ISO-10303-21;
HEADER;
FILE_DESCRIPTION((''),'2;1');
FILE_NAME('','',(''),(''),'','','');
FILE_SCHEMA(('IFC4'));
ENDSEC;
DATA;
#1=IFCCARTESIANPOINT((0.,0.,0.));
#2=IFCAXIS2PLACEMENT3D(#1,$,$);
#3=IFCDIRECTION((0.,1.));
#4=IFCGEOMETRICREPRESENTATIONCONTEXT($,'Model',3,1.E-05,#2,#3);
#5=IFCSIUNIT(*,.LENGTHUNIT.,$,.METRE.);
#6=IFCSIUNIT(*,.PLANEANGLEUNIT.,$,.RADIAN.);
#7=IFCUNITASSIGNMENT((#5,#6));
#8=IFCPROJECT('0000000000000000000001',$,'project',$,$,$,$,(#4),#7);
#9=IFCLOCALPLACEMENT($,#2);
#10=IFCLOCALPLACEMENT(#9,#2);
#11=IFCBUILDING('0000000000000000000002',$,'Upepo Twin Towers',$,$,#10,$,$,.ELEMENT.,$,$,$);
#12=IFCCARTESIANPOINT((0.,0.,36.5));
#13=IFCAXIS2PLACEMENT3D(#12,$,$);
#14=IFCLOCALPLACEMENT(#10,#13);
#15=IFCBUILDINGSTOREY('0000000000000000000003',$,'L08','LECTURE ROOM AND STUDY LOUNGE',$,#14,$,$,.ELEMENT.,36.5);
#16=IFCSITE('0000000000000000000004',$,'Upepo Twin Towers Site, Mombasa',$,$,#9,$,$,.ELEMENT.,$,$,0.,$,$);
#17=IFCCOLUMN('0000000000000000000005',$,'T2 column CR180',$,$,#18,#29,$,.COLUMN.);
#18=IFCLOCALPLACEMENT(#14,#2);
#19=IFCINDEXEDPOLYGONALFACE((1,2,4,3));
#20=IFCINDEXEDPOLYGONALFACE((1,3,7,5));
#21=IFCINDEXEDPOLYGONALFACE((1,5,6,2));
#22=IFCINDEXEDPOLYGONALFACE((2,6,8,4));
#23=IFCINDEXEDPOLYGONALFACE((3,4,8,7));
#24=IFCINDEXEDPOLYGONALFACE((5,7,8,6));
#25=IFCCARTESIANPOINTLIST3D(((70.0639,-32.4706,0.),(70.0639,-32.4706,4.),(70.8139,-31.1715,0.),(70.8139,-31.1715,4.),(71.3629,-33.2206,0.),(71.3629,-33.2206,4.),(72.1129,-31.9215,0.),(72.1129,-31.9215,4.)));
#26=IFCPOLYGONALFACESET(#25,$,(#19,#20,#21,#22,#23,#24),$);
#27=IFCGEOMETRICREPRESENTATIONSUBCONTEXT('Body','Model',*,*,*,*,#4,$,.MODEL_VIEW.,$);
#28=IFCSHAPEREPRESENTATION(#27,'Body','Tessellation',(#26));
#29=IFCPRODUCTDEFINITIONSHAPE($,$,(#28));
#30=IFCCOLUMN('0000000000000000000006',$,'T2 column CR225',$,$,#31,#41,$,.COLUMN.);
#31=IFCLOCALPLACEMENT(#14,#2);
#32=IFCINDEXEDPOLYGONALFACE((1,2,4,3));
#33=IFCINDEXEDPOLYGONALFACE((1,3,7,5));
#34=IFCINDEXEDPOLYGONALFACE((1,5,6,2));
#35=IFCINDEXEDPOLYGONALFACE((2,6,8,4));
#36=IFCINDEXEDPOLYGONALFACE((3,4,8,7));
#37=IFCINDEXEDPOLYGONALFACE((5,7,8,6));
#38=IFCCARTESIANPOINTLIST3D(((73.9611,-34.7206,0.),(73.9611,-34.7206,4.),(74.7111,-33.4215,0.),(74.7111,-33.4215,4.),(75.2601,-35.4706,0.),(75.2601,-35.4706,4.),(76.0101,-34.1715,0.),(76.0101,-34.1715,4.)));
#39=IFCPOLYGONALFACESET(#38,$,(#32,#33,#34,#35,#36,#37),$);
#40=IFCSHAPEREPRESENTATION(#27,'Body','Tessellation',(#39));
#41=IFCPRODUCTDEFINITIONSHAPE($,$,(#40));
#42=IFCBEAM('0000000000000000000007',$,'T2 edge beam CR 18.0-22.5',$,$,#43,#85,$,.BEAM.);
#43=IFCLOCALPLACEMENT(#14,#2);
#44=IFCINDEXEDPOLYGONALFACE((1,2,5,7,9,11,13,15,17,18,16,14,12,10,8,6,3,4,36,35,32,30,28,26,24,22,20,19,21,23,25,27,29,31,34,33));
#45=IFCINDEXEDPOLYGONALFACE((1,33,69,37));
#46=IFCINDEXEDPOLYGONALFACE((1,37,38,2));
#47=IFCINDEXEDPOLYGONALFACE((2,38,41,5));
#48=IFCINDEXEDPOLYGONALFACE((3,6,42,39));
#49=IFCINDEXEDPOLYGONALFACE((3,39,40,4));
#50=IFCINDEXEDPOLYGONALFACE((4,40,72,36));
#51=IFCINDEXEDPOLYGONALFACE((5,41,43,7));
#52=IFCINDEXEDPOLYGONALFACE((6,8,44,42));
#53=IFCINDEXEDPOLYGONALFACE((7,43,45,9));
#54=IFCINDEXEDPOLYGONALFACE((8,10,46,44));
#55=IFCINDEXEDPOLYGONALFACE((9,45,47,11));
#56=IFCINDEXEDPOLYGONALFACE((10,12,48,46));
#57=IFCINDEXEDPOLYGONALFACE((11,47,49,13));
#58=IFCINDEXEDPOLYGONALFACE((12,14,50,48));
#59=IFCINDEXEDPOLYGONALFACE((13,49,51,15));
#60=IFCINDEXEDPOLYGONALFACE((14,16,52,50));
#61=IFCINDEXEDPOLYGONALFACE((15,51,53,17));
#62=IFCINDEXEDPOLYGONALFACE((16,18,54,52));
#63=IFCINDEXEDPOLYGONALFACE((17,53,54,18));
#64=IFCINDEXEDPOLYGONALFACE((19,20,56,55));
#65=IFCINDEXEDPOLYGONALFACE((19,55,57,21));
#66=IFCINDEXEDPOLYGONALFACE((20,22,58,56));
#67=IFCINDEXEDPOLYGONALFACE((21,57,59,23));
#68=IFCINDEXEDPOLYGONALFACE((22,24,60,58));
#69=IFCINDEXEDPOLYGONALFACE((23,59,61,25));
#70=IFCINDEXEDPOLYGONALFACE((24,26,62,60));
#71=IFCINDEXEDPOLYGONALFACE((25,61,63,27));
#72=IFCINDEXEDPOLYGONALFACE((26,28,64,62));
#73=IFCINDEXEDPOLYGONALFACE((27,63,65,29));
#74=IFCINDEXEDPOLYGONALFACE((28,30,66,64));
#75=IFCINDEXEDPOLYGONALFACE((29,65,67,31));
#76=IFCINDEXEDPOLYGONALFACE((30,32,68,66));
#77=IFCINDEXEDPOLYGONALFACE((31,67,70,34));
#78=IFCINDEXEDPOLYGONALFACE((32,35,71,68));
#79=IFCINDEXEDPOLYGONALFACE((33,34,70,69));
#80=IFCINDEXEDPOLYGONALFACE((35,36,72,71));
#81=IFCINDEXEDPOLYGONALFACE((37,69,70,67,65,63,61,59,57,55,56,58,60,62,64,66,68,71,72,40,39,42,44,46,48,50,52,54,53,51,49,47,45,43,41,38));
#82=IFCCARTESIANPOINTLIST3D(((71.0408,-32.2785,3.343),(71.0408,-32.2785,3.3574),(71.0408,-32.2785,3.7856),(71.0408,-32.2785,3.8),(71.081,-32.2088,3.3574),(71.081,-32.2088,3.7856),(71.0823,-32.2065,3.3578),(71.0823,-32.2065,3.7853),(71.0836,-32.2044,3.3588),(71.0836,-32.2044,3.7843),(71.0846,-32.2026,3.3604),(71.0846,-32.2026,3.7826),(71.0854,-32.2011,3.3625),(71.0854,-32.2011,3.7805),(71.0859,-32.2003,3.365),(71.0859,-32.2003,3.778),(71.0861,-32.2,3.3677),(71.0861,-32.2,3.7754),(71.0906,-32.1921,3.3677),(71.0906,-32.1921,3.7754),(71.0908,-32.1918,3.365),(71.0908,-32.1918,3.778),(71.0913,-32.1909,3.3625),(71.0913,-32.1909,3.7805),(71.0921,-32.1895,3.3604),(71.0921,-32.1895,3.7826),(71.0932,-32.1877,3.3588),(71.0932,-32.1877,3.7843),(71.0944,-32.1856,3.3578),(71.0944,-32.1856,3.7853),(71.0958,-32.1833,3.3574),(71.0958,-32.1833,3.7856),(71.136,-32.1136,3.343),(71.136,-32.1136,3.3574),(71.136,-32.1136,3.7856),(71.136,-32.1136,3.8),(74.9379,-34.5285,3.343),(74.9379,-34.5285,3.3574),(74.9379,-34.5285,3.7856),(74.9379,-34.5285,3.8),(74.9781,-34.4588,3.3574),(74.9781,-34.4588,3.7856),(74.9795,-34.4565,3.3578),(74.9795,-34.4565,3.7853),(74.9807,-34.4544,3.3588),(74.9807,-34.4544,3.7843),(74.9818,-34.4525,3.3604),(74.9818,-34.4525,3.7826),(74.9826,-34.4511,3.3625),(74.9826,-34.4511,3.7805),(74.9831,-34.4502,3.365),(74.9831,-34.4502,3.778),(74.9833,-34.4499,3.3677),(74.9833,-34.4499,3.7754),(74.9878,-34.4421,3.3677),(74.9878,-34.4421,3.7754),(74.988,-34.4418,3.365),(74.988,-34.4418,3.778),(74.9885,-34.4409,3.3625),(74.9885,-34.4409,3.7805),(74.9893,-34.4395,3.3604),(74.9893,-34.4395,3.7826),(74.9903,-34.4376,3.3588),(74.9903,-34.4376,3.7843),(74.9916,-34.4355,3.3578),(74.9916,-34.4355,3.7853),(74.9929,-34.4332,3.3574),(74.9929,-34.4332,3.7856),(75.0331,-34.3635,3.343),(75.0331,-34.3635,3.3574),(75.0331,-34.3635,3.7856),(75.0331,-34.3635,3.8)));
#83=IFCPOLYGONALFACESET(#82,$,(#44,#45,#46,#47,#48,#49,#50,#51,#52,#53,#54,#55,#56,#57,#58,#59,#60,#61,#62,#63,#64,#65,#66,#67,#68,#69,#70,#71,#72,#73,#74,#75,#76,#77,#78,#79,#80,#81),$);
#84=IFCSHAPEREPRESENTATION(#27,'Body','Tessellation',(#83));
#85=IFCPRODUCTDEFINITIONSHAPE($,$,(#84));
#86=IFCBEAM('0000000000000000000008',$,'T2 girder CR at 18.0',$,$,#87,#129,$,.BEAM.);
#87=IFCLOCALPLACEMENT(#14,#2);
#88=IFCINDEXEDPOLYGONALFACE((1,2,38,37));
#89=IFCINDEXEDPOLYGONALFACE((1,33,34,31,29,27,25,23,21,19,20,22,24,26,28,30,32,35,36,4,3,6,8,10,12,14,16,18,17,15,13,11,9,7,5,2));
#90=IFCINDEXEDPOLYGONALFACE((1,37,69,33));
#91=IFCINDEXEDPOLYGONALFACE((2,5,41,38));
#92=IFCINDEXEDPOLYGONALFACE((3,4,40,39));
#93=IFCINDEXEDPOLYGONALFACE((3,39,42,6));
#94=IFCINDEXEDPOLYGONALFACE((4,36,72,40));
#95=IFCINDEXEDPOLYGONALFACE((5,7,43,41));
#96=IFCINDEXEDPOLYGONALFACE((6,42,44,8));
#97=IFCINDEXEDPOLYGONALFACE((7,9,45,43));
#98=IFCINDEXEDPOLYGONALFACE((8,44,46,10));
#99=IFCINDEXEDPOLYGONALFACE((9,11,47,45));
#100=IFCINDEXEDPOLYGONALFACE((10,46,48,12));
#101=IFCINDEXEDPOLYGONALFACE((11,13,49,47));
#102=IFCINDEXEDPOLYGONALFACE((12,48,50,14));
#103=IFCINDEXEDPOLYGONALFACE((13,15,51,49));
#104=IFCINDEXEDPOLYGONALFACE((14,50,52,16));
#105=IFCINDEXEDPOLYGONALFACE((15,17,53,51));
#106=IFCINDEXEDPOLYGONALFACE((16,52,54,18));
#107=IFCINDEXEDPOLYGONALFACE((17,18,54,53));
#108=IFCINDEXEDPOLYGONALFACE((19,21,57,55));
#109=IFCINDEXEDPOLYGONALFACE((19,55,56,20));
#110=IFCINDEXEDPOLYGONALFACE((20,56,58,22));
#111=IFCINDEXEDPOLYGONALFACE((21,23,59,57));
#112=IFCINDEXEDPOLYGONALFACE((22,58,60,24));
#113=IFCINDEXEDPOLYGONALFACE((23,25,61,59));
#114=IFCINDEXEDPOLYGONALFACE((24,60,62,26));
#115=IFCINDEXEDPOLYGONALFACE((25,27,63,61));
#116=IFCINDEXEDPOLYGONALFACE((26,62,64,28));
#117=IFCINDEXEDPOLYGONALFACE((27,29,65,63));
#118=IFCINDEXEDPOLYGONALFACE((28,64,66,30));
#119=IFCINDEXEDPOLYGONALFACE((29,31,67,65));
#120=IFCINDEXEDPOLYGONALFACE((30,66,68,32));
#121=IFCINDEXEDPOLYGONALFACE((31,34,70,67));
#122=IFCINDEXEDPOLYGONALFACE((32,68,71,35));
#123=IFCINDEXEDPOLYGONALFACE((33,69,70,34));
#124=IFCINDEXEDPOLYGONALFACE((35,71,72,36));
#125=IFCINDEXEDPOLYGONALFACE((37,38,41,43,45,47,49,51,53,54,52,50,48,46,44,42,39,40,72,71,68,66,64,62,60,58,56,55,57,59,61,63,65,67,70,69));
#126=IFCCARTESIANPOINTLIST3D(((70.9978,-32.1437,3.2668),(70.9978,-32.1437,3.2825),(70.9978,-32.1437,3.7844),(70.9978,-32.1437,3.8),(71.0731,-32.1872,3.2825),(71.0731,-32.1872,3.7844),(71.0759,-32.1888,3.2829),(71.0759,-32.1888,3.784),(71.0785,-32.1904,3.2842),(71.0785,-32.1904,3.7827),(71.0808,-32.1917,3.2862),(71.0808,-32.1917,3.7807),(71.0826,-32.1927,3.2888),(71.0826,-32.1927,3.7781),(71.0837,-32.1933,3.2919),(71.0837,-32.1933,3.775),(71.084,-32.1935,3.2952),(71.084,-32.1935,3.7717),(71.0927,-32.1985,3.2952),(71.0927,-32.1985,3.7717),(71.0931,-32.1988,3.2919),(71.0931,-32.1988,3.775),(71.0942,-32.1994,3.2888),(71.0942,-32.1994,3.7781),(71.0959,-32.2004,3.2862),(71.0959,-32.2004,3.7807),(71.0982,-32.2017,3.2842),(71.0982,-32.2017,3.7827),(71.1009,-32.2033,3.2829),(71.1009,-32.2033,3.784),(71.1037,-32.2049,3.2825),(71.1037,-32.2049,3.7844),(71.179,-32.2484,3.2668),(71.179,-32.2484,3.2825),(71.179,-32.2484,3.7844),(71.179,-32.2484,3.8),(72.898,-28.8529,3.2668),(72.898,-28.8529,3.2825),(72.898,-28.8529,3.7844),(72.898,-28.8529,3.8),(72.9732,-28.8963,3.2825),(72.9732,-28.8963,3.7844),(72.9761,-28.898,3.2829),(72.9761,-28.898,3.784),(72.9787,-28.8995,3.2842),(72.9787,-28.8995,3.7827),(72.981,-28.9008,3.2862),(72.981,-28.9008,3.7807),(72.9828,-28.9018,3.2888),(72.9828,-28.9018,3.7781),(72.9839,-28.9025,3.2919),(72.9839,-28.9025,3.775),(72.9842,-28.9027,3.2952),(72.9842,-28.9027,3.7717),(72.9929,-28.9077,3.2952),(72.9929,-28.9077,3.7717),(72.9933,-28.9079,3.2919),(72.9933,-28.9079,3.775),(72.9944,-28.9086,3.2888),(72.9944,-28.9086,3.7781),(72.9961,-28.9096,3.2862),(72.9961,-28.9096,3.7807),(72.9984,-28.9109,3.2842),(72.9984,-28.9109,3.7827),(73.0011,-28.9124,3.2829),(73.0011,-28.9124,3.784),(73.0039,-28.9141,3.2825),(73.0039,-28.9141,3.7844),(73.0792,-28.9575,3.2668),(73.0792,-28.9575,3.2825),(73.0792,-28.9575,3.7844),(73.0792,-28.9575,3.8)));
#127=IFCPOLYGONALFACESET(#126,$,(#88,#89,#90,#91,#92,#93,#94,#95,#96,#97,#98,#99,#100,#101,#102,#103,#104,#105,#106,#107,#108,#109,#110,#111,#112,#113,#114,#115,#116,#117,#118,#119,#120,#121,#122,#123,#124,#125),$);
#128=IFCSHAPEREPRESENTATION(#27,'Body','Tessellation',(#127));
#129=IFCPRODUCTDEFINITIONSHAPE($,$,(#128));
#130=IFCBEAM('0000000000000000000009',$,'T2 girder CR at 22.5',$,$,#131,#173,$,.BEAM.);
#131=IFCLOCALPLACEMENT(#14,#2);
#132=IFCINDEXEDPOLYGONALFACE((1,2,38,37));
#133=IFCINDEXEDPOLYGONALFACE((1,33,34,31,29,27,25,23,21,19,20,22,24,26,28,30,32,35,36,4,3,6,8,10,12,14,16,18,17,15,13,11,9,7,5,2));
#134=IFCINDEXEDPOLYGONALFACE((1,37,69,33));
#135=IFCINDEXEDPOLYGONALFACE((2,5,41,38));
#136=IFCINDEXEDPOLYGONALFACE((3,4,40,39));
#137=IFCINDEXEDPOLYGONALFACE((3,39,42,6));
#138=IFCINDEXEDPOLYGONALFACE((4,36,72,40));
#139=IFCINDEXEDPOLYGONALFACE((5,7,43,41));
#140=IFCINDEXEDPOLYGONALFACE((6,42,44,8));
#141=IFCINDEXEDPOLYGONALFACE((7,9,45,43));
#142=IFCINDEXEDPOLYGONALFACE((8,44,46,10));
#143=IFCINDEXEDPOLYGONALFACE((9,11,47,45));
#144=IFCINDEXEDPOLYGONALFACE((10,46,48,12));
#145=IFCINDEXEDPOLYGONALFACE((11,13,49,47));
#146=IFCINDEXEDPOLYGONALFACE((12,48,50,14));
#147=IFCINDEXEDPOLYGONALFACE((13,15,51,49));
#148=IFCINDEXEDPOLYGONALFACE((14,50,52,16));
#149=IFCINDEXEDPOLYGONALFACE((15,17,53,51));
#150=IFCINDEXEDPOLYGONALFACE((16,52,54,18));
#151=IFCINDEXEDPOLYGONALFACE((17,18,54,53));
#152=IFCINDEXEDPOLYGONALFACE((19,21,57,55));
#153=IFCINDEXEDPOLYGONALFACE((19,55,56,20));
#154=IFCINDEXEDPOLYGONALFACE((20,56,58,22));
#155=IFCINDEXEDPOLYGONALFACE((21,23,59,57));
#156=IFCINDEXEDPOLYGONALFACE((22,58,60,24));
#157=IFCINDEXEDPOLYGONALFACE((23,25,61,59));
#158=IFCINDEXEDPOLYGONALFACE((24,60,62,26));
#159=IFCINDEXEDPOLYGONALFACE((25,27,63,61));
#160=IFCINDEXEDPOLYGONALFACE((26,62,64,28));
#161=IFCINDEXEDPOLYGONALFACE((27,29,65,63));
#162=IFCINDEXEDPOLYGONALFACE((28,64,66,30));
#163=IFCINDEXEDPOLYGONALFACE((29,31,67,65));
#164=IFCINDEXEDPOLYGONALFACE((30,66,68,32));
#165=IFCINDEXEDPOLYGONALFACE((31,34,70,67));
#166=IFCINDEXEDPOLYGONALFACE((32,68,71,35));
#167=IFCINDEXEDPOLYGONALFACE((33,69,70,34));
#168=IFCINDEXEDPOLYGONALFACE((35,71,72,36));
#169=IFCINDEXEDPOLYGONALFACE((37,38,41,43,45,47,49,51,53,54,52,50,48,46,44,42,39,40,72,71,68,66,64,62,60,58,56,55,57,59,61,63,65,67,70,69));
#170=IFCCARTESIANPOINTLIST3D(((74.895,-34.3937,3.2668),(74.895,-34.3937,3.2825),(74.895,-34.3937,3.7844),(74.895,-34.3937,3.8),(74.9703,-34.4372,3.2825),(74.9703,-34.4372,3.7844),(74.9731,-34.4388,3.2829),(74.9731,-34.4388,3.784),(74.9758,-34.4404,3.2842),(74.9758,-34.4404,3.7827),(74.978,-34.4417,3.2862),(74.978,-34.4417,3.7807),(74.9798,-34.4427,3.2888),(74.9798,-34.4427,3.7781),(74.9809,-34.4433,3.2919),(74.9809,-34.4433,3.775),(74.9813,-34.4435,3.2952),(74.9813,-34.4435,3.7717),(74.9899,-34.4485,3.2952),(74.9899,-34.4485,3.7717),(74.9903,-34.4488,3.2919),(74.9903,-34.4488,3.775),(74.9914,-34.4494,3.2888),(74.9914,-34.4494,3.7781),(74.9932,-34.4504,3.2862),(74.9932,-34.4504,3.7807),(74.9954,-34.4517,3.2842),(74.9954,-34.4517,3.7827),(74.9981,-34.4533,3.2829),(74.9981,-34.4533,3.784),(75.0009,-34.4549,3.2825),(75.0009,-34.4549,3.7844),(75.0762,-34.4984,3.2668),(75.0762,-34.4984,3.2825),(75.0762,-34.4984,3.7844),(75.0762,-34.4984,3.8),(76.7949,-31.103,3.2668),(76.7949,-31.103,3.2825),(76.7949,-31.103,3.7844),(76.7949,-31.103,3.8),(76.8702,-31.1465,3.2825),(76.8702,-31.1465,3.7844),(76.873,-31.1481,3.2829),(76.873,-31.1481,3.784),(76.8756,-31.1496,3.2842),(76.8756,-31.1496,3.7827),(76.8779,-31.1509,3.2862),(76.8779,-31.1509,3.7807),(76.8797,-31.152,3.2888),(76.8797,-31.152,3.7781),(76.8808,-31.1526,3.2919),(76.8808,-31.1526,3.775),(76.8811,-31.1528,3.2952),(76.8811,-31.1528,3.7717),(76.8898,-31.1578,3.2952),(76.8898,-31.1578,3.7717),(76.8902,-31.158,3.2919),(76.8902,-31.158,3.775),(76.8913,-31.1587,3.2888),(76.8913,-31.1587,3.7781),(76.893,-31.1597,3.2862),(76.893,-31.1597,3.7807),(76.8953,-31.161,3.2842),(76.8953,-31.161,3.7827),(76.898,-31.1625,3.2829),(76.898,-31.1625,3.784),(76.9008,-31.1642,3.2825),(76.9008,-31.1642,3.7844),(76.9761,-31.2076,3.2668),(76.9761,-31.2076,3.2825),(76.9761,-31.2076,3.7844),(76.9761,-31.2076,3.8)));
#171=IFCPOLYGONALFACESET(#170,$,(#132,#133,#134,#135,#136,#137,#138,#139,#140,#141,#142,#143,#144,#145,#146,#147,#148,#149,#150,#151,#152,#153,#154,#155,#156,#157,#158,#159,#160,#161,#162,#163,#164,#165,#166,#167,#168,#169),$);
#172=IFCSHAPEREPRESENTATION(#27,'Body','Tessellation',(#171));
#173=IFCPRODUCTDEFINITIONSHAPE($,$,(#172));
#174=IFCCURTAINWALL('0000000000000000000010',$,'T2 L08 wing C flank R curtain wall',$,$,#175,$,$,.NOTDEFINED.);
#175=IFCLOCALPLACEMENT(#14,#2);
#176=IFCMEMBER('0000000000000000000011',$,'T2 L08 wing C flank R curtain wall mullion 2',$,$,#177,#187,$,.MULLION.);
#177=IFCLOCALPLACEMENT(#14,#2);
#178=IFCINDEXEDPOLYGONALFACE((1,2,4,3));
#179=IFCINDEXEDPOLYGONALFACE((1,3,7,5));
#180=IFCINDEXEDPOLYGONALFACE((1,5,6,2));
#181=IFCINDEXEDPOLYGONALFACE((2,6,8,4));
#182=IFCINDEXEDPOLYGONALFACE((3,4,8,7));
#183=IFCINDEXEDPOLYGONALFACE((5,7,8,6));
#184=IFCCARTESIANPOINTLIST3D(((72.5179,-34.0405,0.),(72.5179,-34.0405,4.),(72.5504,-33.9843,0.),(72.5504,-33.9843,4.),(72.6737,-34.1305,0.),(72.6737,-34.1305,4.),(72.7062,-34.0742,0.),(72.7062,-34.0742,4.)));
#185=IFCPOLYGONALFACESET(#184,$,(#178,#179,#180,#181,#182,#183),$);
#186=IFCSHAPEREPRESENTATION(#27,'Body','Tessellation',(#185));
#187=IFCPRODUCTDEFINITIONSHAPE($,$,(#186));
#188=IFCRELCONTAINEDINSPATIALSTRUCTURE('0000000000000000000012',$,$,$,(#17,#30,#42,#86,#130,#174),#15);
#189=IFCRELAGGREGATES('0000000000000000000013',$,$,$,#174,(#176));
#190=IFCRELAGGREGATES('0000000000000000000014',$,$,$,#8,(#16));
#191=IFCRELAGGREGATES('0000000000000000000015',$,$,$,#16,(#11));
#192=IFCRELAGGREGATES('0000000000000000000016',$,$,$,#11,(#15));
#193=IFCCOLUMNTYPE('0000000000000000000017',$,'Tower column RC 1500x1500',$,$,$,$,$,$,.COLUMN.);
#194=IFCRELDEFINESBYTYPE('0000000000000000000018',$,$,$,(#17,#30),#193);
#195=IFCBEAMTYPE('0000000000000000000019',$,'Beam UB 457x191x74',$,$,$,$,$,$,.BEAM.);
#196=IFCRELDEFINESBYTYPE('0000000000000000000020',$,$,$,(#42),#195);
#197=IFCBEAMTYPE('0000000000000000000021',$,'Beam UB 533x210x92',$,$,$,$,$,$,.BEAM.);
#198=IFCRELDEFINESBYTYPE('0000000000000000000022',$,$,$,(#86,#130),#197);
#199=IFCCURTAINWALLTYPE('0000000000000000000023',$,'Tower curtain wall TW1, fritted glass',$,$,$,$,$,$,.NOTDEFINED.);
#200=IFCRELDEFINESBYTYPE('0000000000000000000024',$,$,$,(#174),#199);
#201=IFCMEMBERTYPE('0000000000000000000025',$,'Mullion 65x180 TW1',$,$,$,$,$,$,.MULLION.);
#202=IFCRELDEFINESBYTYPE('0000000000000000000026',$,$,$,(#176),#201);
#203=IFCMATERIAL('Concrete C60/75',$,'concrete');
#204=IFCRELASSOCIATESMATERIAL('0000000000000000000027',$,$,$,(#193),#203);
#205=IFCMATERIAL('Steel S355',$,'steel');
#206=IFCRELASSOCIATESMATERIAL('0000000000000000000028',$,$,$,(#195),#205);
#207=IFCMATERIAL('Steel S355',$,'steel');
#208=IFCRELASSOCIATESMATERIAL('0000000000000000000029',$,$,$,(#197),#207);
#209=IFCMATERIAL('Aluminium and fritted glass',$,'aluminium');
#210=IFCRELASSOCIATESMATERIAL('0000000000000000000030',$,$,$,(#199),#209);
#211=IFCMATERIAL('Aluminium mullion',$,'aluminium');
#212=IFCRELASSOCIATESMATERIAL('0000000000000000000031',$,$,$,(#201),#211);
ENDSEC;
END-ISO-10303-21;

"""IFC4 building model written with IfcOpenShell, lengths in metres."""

from ifc_helpers import new_model, si_unit, direction, frame, origin, origin_2d, place, context, subcontext, project, spatial, rectangle, i_section, extrude, material, material_profile, profile_set, type_object, element, aggregate, save


model = new_model("IFC4")

# Units and contexts
model_context = context("Model", 3, precision=1e-05, world=origin(), true_north=direction((0.0, 1.0)))
body_context = subcontext(model_context, "Body", "Model", "MODEL_VIEW")
ifc_project = project(units=[si_unit("LENGTHUNIT", "METRE"), si_unit("PLANEANGLEUNIT", "RADIAN")], contexts=[model_context])

# Site, building, storey
site_placement = place(None, origin())
site = spatial("IfcSite", under=ifc_project, at=site_placement, Name="Upepo Twin Towers Site, Mombasa", CompositionType="ELEMENT", RefElevation=0.0)
building_placement = place(site_placement, origin())
building = spatial("IfcBuilding", under=site, at=building_placement, Name="Upepo Twin Towers", CompositionType="ELEMENT")
storey_placement = place(building_placement, frame((0.0, 0.0, 36.5)))
storey = spatial("IfcBuildingStorey", under=building, at=storey_placement, Name="L08", Description="LECTURE ROOM AND STUDY LOUNGE", CompositionType="ELEMENT", Elevation=36.5)

# Columns
ifc_material_1 = material(Name="Concrete C60/75", Category="concrete")
ifc_material_profile_1 = material_profile(ifc_material_1, rectangle(XDim=1.5, YDim=1.5, at=origin_2d()), Name="RC 1500x1500")
ifc_profile_set_1 = profile_set([ifc_material_profile_1], Name="Concrete C60/75")
column_type = type_object("IfcColumnType", Name="Tower column RC 1500x1500", PredefinedType="COLUMN", material=ifc_profile_set_1)
for number, where, z_axis, x_axis, name in (
    (1, (71.0884, -32.196, 0.0), (0.0, 0.0, 1.0), (0.5, 0.866025, 0.0), "T2 column CR180"),
    (2, (74.9856, -34.446, 0.0), (0.0, 0.0, 1.0), (0.5, 0.866025, 0.0), "T2 column CR225"),
):
    element("IfcColumn", number, at=place(storey_placement, frame(where, z_axis=z_axis, x_axis=x_axis)), inside=storey, type_object=column_type, Name=name, PredefinedType="COLUMN", context=body_context, shape_type="SweptSolid", body=[
        extrude(rectangle(XDim=1.5, YDim=1.5, at=origin_2d()), origin(), (0.0, 0.0, 1.0), 4.0),
    ])

# Beams
ifc_material_2 = material(Name="Steel S355", Category="steel")
ifc_material_profile_2 = material_profile(ifc_material_2, i_section(OverallWidth=0.1904, OverallDepth=0.457, WebThickness=0.009, FlangeThickness=0.0144, FilletRadius=0.0103, at=origin_2d()), Name="UB 457x191x74")
ifc_profile_set_2 = profile_set([ifc_material_profile_2], Name="Steel S355")
beam_type_1 = type_object("IfcBeamType", Name="Beam UB 457x191x74", PredefinedType="BEAM", material=ifc_profile_set_2)
beam_1_placement = place(storey_placement, frame((71.0884, -32.196, 3.5715), z_axis=(0.866031, -0.49999, 0.0), x_axis=(0.49999, 0.866031, 0.0)))
element("IfcBeam", 3, at=beam_1_placement, inside=storey, type_object=beam_type_1, Name="T2 edge beam CR 18.0-22.5", PredefinedType="BEAM", context=body_context, shape_type="SweptSolid", body=[
    extrude(i_section(OverallWidth=0.1904, OverallDepth=0.457, WebThickness=0.009, FlangeThickness=0.0144, FilletRadius=0.0103, at=origin_2d()), origin(), (0.0, 0.0, 1.0), 4.5),
])
ifc_material_3 = material(Name="Steel S355", Category="steel")
ifc_material_profile_3 = material_profile(ifc_material_3, i_section(OverallWidth=0.2092, OverallDepth=0.5332, WebThickness=0.01, FlangeThickness=0.0156, FilletRadius=0.0127, at=origin_2d()), Name="UB 533x210x92")
ifc_profile_set_3 = profile_set([ifc_material_profile_3], Name="Steel S355")
beam_type_2 = type_object("IfcBeamType", Name="Beam UB 533x210x92", PredefinedType="BEAM", material=ifc_profile_set_3)
beam_2_placement = place(storey_placement, frame((71.0884, -32.196, 3.5334), z_axis=(0.500043, 0.866, 0.0), x_axis=(-0.866, 0.500043, 0.0)))
element("IfcBeam", 4, at=beam_2_placement, inside=storey, type_object=beam_type_2, Name="T2 girder CR at 18.0", PredefinedType="BEAM", context=body_context, shape_type="SweptSolid", body=[
    extrude(i_section(OverallWidth=0.2092, OverallDepth=0.5332, WebThickness=0.01, FlangeThickness=0.0156, FilletRadius=0.0127, at=origin_2d()), origin(), (0.0, 0.0, 1.0), 3.8),
])
beam_3_placement = place(storey_placement, frame((74.9856, -34.446, 3.5334), z_axis=(0.499995, 0.866028, 0.0), x_axis=(-0.866028, 0.499995, 0.0)))
element("IfcBeam", 5, at=beam_3_placement, inside=storey, type_object=beam_type_2, Name="T2 girder CR at 22.5", PredefinedType="BEAM", context=body_context, shape_type="SweptSolid", body=[
    extrude(i_section(OverallWidth=0.2092, OverallDepth=0.5332, WebThickness=0.01, FlangeThickness=0.0156, FilletRadius=0.0127, at=origin_2d()), origin(), (0.0, 0.0, 1.0), 3.7998),
])

# Curtain wall, member
ifc_material_4 = material(Name="Aluminium and fritted glass", Category="aluminium")
curtain_wall_type = type_object("IfcCurtainWallType", Name="Tower curtain wall TW1, fritted glass", PredefinedType="NOTDEFINED", material=ifc_material_4)
curtain_wall_placement = place(storey_placement, origin())
curtain_wall = element("IfcCurtainWall", 6, at=curtain_wall_placement, inside=storey, type_object=curtain_wall_type, Name="T2 L08 wing C flank R curtain wall", PredefinedType="NOTDEFINED")
ifc_material_5 = material(Name="Aluminium mullion", Category="aluminium")
ifc_material_profile_4 = material_profile(ifc_material_5, rectangle(XDim=0.0649, YDim=0.1799, at=origin_2d()), Name="MULLION 65x180")
ifc_profile_set_4 = profile_set([ifc_material_profile_4], Name="Aluminium mullion")
member_type_1 = type_object("IfcMemberType", Name="Mullion 65x180 TW1", PredefinedType="MULLION", material=ifc_profile_set_4)
member_1_placement = place(storey_placement, frame((72.6121, -34.0574, 0.0), z_axis=(0.0, 0.0, 1.0), x_axis=(-0.5, -0.866025, 0.0)))
member_1 = element("IfcMember", 7, at=member_1_placement, type_object=member_type_1, Name="T2 L08 wing C flank R curtain wall mullion 2", PredefinedType="MULLION", context=body_context, shape_type="SweptSolid", body=[
    extrude(rectangle(XDim=0.0649, YDim=0.1799, at=origin_2d()), origin(), (0.0, 0.0, 1.0), 4.0),
])
aggregate(curtain_wall, [member_1])

save(model, "model.ifc")
